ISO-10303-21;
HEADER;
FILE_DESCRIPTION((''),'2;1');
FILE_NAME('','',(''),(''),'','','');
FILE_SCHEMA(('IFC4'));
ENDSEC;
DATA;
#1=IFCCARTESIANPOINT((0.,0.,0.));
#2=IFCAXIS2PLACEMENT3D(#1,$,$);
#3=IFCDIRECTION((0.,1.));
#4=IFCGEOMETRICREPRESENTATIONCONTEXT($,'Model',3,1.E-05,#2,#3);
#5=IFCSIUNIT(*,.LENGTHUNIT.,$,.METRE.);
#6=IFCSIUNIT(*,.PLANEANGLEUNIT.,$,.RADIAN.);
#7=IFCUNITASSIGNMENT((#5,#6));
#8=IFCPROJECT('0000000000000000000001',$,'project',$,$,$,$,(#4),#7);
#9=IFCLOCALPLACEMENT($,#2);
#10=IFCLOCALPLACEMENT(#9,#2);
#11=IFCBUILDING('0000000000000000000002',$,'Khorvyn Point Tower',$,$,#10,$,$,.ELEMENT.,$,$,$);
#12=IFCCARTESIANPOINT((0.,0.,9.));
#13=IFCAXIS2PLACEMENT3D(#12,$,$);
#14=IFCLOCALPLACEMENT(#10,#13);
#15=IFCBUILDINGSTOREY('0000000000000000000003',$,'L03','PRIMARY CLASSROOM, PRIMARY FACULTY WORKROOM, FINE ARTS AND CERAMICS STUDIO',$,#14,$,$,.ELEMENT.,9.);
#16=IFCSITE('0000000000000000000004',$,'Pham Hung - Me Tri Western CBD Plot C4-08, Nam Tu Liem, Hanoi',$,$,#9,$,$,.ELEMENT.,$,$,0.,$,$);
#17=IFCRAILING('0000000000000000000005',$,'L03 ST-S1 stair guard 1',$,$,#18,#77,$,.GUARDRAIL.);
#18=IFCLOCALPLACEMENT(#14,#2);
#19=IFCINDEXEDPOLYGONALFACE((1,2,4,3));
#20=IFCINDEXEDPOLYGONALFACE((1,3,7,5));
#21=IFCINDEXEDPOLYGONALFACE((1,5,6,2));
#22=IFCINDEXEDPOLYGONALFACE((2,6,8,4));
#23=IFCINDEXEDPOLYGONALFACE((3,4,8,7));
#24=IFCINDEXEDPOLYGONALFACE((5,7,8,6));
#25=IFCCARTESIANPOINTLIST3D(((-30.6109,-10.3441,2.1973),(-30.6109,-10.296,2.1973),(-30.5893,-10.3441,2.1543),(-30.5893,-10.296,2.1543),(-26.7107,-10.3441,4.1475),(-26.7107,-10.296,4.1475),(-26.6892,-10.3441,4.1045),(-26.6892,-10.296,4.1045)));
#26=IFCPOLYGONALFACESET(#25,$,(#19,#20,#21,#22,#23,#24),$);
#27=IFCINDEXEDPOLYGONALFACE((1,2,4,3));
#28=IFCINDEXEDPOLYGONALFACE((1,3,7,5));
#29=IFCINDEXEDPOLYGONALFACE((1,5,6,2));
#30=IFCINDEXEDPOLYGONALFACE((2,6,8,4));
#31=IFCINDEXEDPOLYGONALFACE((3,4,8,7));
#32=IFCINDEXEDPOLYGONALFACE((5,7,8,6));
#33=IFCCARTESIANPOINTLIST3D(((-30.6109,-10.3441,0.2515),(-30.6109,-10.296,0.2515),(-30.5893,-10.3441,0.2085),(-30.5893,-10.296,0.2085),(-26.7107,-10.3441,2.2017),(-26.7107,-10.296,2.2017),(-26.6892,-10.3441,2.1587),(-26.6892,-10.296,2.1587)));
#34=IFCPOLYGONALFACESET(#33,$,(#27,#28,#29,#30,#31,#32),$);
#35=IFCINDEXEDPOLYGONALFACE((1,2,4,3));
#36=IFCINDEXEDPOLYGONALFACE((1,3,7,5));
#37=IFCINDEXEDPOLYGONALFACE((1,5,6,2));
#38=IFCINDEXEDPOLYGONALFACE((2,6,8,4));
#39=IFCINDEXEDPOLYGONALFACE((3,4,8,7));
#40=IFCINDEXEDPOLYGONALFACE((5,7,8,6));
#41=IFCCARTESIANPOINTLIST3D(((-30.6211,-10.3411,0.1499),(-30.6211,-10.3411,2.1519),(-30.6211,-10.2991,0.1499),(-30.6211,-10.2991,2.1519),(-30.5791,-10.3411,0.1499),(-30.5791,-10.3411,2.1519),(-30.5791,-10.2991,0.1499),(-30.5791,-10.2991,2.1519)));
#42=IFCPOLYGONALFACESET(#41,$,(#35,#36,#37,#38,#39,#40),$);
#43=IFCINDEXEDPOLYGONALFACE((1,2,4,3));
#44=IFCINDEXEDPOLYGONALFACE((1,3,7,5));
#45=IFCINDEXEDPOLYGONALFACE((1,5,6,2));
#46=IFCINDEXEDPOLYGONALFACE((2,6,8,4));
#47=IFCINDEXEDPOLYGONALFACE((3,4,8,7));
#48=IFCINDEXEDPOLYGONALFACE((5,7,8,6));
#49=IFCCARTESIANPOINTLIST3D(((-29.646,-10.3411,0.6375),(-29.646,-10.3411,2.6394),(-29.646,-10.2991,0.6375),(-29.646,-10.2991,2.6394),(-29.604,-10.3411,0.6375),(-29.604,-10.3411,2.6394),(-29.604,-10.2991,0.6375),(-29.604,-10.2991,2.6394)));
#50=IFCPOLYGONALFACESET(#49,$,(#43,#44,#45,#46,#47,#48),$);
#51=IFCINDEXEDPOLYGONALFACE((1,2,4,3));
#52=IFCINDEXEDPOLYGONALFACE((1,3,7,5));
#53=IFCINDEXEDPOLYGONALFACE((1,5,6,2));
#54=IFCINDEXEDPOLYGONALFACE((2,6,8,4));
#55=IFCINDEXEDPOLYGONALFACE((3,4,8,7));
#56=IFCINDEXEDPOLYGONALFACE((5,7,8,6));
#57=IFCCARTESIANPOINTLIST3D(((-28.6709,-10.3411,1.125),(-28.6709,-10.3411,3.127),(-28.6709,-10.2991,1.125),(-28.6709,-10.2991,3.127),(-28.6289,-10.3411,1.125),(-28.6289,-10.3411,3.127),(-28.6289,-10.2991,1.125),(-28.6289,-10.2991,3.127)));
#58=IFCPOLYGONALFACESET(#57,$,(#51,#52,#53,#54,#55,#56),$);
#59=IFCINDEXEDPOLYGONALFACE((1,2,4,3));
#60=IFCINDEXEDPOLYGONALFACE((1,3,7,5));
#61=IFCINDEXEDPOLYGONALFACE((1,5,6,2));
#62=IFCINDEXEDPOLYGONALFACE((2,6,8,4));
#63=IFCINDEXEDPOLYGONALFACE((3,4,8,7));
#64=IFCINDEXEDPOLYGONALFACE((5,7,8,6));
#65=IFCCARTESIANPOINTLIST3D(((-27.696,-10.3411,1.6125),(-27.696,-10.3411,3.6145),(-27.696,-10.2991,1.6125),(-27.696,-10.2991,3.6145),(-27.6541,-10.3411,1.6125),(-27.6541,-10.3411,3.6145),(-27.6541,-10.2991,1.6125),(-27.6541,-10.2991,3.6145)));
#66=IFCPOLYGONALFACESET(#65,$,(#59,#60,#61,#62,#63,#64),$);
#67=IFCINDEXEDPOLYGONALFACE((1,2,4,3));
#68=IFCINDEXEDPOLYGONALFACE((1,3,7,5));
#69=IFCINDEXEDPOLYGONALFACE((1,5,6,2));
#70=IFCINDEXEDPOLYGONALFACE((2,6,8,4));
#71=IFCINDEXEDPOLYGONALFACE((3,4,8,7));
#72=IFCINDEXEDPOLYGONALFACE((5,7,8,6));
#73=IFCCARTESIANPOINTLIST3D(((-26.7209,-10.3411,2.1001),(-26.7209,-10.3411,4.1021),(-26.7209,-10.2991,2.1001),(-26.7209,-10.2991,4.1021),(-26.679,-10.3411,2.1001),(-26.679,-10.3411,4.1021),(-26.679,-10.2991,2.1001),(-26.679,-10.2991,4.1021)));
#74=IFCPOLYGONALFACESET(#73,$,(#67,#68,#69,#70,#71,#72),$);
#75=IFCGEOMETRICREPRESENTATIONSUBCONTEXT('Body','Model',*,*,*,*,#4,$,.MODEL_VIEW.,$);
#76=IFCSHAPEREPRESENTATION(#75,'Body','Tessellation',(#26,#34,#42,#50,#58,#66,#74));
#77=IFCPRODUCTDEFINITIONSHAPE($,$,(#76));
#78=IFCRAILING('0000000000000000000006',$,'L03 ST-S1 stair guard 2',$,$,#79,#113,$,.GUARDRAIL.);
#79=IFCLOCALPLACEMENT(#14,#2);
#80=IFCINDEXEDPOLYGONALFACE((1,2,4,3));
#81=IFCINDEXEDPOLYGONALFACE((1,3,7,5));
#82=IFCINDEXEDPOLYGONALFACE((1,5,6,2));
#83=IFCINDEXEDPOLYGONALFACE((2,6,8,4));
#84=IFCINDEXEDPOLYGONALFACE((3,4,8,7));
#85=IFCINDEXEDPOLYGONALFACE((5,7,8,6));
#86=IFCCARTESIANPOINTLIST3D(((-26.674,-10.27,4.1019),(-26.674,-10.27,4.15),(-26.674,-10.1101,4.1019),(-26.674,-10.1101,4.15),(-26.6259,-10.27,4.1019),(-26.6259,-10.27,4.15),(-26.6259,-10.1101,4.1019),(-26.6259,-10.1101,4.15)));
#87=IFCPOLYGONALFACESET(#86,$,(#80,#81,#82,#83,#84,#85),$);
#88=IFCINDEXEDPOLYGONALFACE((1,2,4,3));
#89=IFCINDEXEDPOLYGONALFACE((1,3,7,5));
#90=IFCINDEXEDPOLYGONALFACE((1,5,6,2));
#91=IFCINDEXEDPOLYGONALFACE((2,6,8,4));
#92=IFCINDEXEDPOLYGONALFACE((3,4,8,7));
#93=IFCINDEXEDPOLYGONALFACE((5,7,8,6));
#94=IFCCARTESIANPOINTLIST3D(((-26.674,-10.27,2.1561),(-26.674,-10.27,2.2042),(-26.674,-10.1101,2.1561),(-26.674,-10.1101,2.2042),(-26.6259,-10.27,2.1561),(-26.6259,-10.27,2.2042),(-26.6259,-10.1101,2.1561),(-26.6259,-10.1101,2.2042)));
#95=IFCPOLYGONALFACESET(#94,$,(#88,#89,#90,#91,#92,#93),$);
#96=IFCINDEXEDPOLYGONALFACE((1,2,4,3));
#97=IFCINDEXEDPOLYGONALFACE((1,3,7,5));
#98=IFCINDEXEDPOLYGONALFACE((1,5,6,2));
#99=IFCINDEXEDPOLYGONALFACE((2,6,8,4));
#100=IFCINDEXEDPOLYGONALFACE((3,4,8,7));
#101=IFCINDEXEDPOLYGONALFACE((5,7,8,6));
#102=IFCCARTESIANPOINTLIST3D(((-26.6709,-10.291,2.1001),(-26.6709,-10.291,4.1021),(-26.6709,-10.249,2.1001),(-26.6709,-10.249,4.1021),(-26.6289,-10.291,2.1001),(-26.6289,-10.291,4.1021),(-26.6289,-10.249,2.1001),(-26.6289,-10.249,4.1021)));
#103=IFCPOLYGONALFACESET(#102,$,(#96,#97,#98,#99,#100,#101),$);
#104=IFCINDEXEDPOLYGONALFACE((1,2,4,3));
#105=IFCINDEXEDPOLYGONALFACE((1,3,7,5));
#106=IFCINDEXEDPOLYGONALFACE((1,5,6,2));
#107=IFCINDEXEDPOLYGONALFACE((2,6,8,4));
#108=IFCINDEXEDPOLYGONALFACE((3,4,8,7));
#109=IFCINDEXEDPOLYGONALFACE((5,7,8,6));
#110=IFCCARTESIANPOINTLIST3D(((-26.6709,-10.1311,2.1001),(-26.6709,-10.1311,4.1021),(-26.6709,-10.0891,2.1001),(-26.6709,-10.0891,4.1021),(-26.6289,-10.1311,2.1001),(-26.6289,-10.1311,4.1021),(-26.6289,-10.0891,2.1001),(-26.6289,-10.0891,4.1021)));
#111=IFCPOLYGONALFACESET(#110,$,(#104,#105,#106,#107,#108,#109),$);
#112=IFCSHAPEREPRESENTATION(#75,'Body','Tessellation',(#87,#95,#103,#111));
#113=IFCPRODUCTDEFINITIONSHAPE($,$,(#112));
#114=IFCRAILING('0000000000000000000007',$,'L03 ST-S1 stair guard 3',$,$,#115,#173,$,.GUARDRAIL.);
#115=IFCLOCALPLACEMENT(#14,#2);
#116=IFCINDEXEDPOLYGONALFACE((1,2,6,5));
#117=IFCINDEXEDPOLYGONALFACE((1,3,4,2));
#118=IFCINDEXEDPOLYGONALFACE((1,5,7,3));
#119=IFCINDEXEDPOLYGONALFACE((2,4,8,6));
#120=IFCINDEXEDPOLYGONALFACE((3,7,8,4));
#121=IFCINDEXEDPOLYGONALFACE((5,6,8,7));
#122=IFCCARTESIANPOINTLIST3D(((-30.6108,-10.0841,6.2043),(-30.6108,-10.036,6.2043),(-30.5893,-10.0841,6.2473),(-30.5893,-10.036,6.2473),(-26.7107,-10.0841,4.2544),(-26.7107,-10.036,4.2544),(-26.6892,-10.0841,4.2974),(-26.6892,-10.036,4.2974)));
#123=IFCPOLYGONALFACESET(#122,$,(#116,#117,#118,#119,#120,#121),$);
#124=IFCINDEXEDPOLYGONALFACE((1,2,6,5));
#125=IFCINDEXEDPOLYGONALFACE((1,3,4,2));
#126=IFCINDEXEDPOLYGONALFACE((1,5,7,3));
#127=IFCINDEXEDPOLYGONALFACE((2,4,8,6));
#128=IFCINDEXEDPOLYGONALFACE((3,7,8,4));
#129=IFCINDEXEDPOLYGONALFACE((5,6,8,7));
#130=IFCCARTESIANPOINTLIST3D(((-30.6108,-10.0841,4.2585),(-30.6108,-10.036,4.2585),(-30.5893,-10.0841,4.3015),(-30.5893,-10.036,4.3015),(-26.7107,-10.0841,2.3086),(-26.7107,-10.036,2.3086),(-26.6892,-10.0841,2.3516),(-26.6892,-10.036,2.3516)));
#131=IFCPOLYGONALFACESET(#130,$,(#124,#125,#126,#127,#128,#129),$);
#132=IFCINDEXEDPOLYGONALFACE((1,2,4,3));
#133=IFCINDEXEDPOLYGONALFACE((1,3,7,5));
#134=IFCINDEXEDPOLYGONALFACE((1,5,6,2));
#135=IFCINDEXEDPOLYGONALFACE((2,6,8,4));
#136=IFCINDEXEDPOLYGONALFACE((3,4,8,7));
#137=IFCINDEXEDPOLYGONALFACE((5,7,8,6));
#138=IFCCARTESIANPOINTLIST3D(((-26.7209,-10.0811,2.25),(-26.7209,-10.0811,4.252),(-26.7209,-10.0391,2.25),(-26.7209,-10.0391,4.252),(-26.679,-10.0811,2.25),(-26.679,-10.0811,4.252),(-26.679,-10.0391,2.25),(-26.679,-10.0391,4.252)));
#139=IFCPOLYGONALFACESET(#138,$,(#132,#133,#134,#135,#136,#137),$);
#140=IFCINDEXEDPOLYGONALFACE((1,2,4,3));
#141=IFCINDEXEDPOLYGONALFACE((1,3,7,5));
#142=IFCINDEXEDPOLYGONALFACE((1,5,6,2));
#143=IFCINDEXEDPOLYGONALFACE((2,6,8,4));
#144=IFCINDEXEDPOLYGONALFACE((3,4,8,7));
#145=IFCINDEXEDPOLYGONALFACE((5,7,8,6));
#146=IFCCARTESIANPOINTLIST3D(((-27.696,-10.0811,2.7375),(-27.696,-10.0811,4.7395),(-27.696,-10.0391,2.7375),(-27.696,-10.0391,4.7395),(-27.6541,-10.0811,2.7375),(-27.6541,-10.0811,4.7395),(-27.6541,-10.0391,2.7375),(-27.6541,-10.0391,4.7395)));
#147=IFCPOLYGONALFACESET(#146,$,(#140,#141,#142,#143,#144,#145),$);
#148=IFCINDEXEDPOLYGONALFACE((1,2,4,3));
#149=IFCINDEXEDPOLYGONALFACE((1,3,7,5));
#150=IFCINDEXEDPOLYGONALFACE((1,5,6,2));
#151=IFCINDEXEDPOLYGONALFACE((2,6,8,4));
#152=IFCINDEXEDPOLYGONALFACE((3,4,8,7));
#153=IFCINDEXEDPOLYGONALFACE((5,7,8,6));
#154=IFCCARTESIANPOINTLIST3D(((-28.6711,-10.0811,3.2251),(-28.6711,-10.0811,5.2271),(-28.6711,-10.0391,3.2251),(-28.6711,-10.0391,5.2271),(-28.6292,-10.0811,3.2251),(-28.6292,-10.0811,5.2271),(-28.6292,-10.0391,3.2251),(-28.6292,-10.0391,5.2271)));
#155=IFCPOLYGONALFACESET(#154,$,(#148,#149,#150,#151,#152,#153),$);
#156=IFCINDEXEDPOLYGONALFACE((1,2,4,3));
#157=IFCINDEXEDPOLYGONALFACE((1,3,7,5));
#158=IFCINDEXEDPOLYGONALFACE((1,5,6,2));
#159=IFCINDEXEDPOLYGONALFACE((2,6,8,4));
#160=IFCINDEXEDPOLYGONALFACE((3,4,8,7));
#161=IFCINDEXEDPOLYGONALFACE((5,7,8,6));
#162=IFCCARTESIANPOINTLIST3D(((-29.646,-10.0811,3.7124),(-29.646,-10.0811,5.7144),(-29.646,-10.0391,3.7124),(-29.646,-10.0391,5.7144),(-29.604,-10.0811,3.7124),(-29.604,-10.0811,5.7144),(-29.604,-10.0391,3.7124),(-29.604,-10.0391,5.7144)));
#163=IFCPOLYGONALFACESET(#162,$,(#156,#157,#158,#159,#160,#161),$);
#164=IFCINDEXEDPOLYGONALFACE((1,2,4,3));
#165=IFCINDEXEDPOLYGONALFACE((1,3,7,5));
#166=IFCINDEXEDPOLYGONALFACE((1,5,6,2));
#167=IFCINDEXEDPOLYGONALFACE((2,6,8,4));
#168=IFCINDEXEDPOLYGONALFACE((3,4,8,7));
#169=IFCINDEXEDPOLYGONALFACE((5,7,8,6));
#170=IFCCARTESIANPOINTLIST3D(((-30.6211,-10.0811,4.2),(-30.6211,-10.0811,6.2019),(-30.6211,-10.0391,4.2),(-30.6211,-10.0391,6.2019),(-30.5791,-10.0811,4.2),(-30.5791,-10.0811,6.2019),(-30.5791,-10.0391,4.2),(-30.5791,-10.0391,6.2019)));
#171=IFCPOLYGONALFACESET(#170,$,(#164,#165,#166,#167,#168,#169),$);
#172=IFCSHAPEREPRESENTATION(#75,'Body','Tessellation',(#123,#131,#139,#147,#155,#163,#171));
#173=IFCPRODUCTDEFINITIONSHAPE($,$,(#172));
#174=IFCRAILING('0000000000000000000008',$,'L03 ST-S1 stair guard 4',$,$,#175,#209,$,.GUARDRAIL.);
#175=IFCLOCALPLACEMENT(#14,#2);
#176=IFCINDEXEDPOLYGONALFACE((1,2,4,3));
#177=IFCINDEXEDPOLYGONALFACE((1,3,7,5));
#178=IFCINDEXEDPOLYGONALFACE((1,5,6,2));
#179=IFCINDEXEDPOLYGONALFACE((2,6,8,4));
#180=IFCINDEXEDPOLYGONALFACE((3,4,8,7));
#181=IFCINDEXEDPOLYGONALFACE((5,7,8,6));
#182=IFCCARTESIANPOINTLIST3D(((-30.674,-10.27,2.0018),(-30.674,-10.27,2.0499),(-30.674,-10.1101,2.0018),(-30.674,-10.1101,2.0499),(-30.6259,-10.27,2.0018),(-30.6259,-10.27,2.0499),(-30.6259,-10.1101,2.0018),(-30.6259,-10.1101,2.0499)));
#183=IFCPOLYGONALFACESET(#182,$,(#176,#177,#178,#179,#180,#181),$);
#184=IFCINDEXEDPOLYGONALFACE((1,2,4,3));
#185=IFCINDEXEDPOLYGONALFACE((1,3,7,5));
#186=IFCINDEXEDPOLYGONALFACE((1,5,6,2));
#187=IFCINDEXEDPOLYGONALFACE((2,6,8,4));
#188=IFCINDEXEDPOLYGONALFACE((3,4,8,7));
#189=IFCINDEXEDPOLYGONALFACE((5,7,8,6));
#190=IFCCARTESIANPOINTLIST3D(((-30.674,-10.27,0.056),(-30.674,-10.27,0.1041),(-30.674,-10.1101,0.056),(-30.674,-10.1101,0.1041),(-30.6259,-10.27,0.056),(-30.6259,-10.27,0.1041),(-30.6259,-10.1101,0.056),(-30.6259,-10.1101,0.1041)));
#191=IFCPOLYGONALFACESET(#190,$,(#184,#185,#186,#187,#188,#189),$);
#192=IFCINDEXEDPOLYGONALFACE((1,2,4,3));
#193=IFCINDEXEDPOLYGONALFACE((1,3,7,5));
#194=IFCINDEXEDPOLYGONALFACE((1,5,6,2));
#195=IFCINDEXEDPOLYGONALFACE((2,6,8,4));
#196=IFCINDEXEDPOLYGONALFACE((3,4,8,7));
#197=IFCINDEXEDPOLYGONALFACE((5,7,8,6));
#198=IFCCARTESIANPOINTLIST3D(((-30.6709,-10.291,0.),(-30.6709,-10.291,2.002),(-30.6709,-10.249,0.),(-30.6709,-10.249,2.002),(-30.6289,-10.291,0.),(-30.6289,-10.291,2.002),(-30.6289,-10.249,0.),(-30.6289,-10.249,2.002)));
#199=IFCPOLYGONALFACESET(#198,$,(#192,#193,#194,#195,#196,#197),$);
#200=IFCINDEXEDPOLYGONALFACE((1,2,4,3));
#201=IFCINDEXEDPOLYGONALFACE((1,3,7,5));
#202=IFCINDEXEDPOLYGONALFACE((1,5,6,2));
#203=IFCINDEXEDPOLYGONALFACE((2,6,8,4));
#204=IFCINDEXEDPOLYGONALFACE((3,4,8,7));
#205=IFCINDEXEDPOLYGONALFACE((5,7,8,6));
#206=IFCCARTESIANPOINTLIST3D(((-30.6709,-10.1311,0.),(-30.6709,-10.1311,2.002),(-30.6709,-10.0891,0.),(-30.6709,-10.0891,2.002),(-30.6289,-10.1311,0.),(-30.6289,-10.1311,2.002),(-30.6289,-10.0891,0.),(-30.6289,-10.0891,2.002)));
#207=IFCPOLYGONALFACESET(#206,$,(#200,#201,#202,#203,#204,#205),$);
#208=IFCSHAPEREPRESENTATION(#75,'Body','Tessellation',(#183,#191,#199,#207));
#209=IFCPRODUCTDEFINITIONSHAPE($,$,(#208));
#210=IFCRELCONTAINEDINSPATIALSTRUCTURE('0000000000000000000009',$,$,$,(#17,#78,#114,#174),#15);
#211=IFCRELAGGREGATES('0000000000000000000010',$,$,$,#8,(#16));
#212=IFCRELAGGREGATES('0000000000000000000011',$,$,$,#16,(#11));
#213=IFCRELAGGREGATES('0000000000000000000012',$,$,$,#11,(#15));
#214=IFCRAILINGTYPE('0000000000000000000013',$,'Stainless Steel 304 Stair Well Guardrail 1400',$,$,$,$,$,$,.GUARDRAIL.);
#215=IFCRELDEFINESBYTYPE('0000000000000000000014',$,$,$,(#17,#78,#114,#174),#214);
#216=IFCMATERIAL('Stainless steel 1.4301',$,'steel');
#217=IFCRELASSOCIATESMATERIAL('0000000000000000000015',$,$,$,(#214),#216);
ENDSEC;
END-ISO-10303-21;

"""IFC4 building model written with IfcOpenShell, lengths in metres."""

from ifc_helpers import new_model, si_unit, direction, frame, origin, origin_2d, place, context, subcontext, project, spatial, rectangle, extrude, material, type_object, element, save


model = new_model("IFC4")

# Units and contexts
model_context = context("Model", 3, precision=1e-05, world=origin(), true_north=direction((0.0, 1.0)))
body_context = subcontext(model_context, "Body", "Model", "MODEL_VIEW")
ifc_project = project(units=[si_unit("LENGTHUNIT", "METRE"), si_unit("PLANEANGLEUNIT", "RADIAN")], contexts=[model_context])

# Site, building, storey
site_placement = place(None, origin())
site = spatial("IfcSite", under=ifc_project, at=site_placement, Name="Pham Hung - Me Tri Western CBD Plot C4-08, Nam Tu Liem, Hanoi", CompositionType="ELEMENT", RefElevation=0.0)
building_placement = place(site_placement, origin())
building = spatial("IfcBuilding", under=site, at=building_placement, Name="Khorvyn Point Tower", CompositionType="ELEMENT")
storey_placement = place(building_placement, frame((0.0, 0.0, 9.0)))
storey = spatial("IfcBuildingStorey", under=building, at=storey_placement, Name="L03", Description="PRIMARY CLASSROOM, PRIMARY FACULTY WORKROOM, FINE ARTS AND CERAMICS STUDIO", CompositionType="ELEMENT", Elevation=9.0)

# Shared definitions
ifc_material_1 = material(Name="Stainless steel 1.4301", Category="steel")

# Railings
railing_type_1 = type_object("IfcRailingType", Name="Stainless Steel 304 Stair Well Guardrail 1400", PredefinedType="GUARDRAIL", material=ifc_material_1)
railing_1_placement = place(storey_placement, frame((-30.6001, -10.3201, 0.1499)))
element("IfcRailing", 1, at=railing_1_placement, inside=storey, type_object=railing_type_1, Name="L03 ST-S1 stair guard 1", PredefinedType="GUARDRAIL", context=body_context, shape_type="SweptSolid", body=[
    extrude(rectangle(XDim=0.0481, YDim=0.0481, at=origin_2d()), frame((0.0, 0.0, 2.0259), z_axis=(0.894416, 0.0, 0.447236), x_axis=(0.0, 1.0, 0.0)), (0.0, 0.0, 1.0), 4.3606),
    extrude(rectangle(XDim=0.0481, YDim=0.0481, at=origin_2d()), frame((0.0, 0.0, 0.0801), z_axis=(0.894416, 0.0, 0.447236), x_axis=(0.0, 1.0, 0.0)), (0.0, 0.0, 1.0), 4.3606),
    extrude(rectangle(XDim=0.042, YDim=0.042, at=origin_2d()), origin(), (0.0, 0.0, 1.0), 2.002),
    extrude(rectangle(XDim=0.042, YDim=0.042, at=origin_2d()), frame((0.9751, 0.0, 0.4875)), (0.0, 0.0, 1.0), 2.002),
    extrude(rectangle(XDim=0.042, YDim=0.042, at=origin_2d()), frame((1.9502, 0.0, 0.9751)), (0.0, 0.0, 1.0), 2.002),
    extrude(rectangle(XDim=0.042, YDim=0.042, at=origin_2d()), frame((2.925, 0.0, 1.4626)), (0.0, 0.0, 1.0), 2.002),
    extrude(rectangle(XDim=0.042, YDim=0.042, at=origin_2d()), frame((3.9001, 0.0, 1.9502)), (0.0, 0.0, 1.0), 2.002),
])
railing_2_placement = place(storey_placement, frame((-26.6499, -10.27, 2.1001)))
element("IfcRailing", 2, at=railing_2_placement, inside=storey, type_object=railing_type_1, Name="L03 ST-S1 stair guard 2", PredefinedType="GUARDRAIL", context=body_context, shape_type="SweptSolid", body=[
    extrude(rectangle(XDim=0.0481, YDim=0.0481, at=origin_2d()), frame((0.0, 0.0, 2.0259), z_axis=(0.0, 1.0, 0.0), x_axis=(-1.0, 0.0, 0.0)), (0.0, 0.0, 1.0), 0.1599),
    extrude(rectangle(XDim=0.0481, YDim=0.0481, at=origin_2d()), frame((0.0, 0.0, 0.0801), z_axis=(0.0, 1.0, 0.0), x_axis=(-1.0, 0.0, 0.0)), (0.0, 0.0, 1.0), 0.1599),
    extrude(rectangle(XDim=0.042, YDim=0.042, at=origin_2d()), origin(), (0.0, 0.0, 1.0), 2.002),
    extrude(rectangle(XDim=0.042, YDim=0.042, at=origin_2d()), frame((0.0, 0.1599, 0.0)), (0.0, 0.0, 1.0), 2.002),
])
railing_3_placement = place(storey_placement, frame((-26.7, -10.0601, 2.25)))
element("IfcRailing", 3, at=railing_3_placement, inside=storey, type_object=railing_type_1, Name="L03 ST-S1 stair guard 3", PredefinedType="GUARDRAIL", context=body_context, shape_type="SweptSolid", body=[
    extrude(rectangle(XDim=0.0481, YDim=0.0481, at=origin_2d()), frame((0.0, 0.0, 2.0259), z_axis=(-0.894438, 0.0, 0.447191), x_axis=(0.0, -1.0, 0.0)), (0.0, 0.0, 1.0), 4.3604),
    extrude(rectangle(XDim=0.0481, YDim=0.0481, at=origin_2d()), frame((0.0, 0.0, 0.0801), z_axis=(-0.894438, 0.0, 0.447191), x_axis=(0.0, -1.0, 0.0)), (0.0, 0.0, 1.0), 4.3604),
    extrude(rectangle(XDim=0.042, YDim=0.042, at=origin_2d()), origin(), (0.0, 0.0, 1.0), 2.002),
    extrude(rectangle(XDim=0.042, YDim=0.042, at=origin_2d()), frame((-0.9751, 0.0, 0.4875)), (0.0, 0.0, 1.0), 2.002),
    extrude(rectangle(XDim=0.042, YDim=0.042, at=origin_2d()), frame((-1.9502, 0.0, 0.9751)), (0.0, 0.0, 1.0), 2.002),
    extrude(rectangle(XDim=0.042, YDim=0.042, at=origin_2d()), frame((-2.925, 0.0, 1.4624)), (0.0, 0.0, 1.0), 2.002),
    extrude(rectangle(XDim=0.042, YDim=0.042, at=origin_2d()), frame((-3.9001, 0.0, 1.95)), (0.0, 0.0, 1.0), 2.002),
])
railing_4_placement = place(storey_placement, frame((-30.6499, -10.27, 0.0)))
element("IfcRailing", 4, at=railing_4_placement, inside=storey, type_object=railing_type_1, Name="L03 ST-S1 stair guard 4", PredefinedType="GUARDRAIL", context=body_context, shape_type="SweptSolid", body=[
    extrude(rectangle(XDim=0.0481, YDim=0.0481, at=origin_2d()), frame((0.0, 0.0, 2.0259), z_axis=(0.0, 1.0, 0.0), x_axis=(-1.0, 0.0, 0.0)), (0.0, 0.0, 1.0), 0.1599),
    extrude(rectangle(XDim=0.0481, YDim=0.0481, at=origin_2d()), frame((0.0, 0.0, 0.0801), z_axis=(0.0, 1.0, 0.0), x_axis=(-1.0, 0.0, 0.0)), (0.0, 0.0, 1.0), 0.1599),
    extrude(rectangle(XDim=0.042, YDim=0.042, at=origin_2d()), origin(), (0.0, 0.0, 1.0), 2.002),
    extrude(rectangle(XDim=0.042, YDim=0.042, at=origin_2d()), frame((0.0, 0.1599, 0.0)), (0.0, 0.0, 1.0), 2.002),
])

save(model, "model.ifc")
